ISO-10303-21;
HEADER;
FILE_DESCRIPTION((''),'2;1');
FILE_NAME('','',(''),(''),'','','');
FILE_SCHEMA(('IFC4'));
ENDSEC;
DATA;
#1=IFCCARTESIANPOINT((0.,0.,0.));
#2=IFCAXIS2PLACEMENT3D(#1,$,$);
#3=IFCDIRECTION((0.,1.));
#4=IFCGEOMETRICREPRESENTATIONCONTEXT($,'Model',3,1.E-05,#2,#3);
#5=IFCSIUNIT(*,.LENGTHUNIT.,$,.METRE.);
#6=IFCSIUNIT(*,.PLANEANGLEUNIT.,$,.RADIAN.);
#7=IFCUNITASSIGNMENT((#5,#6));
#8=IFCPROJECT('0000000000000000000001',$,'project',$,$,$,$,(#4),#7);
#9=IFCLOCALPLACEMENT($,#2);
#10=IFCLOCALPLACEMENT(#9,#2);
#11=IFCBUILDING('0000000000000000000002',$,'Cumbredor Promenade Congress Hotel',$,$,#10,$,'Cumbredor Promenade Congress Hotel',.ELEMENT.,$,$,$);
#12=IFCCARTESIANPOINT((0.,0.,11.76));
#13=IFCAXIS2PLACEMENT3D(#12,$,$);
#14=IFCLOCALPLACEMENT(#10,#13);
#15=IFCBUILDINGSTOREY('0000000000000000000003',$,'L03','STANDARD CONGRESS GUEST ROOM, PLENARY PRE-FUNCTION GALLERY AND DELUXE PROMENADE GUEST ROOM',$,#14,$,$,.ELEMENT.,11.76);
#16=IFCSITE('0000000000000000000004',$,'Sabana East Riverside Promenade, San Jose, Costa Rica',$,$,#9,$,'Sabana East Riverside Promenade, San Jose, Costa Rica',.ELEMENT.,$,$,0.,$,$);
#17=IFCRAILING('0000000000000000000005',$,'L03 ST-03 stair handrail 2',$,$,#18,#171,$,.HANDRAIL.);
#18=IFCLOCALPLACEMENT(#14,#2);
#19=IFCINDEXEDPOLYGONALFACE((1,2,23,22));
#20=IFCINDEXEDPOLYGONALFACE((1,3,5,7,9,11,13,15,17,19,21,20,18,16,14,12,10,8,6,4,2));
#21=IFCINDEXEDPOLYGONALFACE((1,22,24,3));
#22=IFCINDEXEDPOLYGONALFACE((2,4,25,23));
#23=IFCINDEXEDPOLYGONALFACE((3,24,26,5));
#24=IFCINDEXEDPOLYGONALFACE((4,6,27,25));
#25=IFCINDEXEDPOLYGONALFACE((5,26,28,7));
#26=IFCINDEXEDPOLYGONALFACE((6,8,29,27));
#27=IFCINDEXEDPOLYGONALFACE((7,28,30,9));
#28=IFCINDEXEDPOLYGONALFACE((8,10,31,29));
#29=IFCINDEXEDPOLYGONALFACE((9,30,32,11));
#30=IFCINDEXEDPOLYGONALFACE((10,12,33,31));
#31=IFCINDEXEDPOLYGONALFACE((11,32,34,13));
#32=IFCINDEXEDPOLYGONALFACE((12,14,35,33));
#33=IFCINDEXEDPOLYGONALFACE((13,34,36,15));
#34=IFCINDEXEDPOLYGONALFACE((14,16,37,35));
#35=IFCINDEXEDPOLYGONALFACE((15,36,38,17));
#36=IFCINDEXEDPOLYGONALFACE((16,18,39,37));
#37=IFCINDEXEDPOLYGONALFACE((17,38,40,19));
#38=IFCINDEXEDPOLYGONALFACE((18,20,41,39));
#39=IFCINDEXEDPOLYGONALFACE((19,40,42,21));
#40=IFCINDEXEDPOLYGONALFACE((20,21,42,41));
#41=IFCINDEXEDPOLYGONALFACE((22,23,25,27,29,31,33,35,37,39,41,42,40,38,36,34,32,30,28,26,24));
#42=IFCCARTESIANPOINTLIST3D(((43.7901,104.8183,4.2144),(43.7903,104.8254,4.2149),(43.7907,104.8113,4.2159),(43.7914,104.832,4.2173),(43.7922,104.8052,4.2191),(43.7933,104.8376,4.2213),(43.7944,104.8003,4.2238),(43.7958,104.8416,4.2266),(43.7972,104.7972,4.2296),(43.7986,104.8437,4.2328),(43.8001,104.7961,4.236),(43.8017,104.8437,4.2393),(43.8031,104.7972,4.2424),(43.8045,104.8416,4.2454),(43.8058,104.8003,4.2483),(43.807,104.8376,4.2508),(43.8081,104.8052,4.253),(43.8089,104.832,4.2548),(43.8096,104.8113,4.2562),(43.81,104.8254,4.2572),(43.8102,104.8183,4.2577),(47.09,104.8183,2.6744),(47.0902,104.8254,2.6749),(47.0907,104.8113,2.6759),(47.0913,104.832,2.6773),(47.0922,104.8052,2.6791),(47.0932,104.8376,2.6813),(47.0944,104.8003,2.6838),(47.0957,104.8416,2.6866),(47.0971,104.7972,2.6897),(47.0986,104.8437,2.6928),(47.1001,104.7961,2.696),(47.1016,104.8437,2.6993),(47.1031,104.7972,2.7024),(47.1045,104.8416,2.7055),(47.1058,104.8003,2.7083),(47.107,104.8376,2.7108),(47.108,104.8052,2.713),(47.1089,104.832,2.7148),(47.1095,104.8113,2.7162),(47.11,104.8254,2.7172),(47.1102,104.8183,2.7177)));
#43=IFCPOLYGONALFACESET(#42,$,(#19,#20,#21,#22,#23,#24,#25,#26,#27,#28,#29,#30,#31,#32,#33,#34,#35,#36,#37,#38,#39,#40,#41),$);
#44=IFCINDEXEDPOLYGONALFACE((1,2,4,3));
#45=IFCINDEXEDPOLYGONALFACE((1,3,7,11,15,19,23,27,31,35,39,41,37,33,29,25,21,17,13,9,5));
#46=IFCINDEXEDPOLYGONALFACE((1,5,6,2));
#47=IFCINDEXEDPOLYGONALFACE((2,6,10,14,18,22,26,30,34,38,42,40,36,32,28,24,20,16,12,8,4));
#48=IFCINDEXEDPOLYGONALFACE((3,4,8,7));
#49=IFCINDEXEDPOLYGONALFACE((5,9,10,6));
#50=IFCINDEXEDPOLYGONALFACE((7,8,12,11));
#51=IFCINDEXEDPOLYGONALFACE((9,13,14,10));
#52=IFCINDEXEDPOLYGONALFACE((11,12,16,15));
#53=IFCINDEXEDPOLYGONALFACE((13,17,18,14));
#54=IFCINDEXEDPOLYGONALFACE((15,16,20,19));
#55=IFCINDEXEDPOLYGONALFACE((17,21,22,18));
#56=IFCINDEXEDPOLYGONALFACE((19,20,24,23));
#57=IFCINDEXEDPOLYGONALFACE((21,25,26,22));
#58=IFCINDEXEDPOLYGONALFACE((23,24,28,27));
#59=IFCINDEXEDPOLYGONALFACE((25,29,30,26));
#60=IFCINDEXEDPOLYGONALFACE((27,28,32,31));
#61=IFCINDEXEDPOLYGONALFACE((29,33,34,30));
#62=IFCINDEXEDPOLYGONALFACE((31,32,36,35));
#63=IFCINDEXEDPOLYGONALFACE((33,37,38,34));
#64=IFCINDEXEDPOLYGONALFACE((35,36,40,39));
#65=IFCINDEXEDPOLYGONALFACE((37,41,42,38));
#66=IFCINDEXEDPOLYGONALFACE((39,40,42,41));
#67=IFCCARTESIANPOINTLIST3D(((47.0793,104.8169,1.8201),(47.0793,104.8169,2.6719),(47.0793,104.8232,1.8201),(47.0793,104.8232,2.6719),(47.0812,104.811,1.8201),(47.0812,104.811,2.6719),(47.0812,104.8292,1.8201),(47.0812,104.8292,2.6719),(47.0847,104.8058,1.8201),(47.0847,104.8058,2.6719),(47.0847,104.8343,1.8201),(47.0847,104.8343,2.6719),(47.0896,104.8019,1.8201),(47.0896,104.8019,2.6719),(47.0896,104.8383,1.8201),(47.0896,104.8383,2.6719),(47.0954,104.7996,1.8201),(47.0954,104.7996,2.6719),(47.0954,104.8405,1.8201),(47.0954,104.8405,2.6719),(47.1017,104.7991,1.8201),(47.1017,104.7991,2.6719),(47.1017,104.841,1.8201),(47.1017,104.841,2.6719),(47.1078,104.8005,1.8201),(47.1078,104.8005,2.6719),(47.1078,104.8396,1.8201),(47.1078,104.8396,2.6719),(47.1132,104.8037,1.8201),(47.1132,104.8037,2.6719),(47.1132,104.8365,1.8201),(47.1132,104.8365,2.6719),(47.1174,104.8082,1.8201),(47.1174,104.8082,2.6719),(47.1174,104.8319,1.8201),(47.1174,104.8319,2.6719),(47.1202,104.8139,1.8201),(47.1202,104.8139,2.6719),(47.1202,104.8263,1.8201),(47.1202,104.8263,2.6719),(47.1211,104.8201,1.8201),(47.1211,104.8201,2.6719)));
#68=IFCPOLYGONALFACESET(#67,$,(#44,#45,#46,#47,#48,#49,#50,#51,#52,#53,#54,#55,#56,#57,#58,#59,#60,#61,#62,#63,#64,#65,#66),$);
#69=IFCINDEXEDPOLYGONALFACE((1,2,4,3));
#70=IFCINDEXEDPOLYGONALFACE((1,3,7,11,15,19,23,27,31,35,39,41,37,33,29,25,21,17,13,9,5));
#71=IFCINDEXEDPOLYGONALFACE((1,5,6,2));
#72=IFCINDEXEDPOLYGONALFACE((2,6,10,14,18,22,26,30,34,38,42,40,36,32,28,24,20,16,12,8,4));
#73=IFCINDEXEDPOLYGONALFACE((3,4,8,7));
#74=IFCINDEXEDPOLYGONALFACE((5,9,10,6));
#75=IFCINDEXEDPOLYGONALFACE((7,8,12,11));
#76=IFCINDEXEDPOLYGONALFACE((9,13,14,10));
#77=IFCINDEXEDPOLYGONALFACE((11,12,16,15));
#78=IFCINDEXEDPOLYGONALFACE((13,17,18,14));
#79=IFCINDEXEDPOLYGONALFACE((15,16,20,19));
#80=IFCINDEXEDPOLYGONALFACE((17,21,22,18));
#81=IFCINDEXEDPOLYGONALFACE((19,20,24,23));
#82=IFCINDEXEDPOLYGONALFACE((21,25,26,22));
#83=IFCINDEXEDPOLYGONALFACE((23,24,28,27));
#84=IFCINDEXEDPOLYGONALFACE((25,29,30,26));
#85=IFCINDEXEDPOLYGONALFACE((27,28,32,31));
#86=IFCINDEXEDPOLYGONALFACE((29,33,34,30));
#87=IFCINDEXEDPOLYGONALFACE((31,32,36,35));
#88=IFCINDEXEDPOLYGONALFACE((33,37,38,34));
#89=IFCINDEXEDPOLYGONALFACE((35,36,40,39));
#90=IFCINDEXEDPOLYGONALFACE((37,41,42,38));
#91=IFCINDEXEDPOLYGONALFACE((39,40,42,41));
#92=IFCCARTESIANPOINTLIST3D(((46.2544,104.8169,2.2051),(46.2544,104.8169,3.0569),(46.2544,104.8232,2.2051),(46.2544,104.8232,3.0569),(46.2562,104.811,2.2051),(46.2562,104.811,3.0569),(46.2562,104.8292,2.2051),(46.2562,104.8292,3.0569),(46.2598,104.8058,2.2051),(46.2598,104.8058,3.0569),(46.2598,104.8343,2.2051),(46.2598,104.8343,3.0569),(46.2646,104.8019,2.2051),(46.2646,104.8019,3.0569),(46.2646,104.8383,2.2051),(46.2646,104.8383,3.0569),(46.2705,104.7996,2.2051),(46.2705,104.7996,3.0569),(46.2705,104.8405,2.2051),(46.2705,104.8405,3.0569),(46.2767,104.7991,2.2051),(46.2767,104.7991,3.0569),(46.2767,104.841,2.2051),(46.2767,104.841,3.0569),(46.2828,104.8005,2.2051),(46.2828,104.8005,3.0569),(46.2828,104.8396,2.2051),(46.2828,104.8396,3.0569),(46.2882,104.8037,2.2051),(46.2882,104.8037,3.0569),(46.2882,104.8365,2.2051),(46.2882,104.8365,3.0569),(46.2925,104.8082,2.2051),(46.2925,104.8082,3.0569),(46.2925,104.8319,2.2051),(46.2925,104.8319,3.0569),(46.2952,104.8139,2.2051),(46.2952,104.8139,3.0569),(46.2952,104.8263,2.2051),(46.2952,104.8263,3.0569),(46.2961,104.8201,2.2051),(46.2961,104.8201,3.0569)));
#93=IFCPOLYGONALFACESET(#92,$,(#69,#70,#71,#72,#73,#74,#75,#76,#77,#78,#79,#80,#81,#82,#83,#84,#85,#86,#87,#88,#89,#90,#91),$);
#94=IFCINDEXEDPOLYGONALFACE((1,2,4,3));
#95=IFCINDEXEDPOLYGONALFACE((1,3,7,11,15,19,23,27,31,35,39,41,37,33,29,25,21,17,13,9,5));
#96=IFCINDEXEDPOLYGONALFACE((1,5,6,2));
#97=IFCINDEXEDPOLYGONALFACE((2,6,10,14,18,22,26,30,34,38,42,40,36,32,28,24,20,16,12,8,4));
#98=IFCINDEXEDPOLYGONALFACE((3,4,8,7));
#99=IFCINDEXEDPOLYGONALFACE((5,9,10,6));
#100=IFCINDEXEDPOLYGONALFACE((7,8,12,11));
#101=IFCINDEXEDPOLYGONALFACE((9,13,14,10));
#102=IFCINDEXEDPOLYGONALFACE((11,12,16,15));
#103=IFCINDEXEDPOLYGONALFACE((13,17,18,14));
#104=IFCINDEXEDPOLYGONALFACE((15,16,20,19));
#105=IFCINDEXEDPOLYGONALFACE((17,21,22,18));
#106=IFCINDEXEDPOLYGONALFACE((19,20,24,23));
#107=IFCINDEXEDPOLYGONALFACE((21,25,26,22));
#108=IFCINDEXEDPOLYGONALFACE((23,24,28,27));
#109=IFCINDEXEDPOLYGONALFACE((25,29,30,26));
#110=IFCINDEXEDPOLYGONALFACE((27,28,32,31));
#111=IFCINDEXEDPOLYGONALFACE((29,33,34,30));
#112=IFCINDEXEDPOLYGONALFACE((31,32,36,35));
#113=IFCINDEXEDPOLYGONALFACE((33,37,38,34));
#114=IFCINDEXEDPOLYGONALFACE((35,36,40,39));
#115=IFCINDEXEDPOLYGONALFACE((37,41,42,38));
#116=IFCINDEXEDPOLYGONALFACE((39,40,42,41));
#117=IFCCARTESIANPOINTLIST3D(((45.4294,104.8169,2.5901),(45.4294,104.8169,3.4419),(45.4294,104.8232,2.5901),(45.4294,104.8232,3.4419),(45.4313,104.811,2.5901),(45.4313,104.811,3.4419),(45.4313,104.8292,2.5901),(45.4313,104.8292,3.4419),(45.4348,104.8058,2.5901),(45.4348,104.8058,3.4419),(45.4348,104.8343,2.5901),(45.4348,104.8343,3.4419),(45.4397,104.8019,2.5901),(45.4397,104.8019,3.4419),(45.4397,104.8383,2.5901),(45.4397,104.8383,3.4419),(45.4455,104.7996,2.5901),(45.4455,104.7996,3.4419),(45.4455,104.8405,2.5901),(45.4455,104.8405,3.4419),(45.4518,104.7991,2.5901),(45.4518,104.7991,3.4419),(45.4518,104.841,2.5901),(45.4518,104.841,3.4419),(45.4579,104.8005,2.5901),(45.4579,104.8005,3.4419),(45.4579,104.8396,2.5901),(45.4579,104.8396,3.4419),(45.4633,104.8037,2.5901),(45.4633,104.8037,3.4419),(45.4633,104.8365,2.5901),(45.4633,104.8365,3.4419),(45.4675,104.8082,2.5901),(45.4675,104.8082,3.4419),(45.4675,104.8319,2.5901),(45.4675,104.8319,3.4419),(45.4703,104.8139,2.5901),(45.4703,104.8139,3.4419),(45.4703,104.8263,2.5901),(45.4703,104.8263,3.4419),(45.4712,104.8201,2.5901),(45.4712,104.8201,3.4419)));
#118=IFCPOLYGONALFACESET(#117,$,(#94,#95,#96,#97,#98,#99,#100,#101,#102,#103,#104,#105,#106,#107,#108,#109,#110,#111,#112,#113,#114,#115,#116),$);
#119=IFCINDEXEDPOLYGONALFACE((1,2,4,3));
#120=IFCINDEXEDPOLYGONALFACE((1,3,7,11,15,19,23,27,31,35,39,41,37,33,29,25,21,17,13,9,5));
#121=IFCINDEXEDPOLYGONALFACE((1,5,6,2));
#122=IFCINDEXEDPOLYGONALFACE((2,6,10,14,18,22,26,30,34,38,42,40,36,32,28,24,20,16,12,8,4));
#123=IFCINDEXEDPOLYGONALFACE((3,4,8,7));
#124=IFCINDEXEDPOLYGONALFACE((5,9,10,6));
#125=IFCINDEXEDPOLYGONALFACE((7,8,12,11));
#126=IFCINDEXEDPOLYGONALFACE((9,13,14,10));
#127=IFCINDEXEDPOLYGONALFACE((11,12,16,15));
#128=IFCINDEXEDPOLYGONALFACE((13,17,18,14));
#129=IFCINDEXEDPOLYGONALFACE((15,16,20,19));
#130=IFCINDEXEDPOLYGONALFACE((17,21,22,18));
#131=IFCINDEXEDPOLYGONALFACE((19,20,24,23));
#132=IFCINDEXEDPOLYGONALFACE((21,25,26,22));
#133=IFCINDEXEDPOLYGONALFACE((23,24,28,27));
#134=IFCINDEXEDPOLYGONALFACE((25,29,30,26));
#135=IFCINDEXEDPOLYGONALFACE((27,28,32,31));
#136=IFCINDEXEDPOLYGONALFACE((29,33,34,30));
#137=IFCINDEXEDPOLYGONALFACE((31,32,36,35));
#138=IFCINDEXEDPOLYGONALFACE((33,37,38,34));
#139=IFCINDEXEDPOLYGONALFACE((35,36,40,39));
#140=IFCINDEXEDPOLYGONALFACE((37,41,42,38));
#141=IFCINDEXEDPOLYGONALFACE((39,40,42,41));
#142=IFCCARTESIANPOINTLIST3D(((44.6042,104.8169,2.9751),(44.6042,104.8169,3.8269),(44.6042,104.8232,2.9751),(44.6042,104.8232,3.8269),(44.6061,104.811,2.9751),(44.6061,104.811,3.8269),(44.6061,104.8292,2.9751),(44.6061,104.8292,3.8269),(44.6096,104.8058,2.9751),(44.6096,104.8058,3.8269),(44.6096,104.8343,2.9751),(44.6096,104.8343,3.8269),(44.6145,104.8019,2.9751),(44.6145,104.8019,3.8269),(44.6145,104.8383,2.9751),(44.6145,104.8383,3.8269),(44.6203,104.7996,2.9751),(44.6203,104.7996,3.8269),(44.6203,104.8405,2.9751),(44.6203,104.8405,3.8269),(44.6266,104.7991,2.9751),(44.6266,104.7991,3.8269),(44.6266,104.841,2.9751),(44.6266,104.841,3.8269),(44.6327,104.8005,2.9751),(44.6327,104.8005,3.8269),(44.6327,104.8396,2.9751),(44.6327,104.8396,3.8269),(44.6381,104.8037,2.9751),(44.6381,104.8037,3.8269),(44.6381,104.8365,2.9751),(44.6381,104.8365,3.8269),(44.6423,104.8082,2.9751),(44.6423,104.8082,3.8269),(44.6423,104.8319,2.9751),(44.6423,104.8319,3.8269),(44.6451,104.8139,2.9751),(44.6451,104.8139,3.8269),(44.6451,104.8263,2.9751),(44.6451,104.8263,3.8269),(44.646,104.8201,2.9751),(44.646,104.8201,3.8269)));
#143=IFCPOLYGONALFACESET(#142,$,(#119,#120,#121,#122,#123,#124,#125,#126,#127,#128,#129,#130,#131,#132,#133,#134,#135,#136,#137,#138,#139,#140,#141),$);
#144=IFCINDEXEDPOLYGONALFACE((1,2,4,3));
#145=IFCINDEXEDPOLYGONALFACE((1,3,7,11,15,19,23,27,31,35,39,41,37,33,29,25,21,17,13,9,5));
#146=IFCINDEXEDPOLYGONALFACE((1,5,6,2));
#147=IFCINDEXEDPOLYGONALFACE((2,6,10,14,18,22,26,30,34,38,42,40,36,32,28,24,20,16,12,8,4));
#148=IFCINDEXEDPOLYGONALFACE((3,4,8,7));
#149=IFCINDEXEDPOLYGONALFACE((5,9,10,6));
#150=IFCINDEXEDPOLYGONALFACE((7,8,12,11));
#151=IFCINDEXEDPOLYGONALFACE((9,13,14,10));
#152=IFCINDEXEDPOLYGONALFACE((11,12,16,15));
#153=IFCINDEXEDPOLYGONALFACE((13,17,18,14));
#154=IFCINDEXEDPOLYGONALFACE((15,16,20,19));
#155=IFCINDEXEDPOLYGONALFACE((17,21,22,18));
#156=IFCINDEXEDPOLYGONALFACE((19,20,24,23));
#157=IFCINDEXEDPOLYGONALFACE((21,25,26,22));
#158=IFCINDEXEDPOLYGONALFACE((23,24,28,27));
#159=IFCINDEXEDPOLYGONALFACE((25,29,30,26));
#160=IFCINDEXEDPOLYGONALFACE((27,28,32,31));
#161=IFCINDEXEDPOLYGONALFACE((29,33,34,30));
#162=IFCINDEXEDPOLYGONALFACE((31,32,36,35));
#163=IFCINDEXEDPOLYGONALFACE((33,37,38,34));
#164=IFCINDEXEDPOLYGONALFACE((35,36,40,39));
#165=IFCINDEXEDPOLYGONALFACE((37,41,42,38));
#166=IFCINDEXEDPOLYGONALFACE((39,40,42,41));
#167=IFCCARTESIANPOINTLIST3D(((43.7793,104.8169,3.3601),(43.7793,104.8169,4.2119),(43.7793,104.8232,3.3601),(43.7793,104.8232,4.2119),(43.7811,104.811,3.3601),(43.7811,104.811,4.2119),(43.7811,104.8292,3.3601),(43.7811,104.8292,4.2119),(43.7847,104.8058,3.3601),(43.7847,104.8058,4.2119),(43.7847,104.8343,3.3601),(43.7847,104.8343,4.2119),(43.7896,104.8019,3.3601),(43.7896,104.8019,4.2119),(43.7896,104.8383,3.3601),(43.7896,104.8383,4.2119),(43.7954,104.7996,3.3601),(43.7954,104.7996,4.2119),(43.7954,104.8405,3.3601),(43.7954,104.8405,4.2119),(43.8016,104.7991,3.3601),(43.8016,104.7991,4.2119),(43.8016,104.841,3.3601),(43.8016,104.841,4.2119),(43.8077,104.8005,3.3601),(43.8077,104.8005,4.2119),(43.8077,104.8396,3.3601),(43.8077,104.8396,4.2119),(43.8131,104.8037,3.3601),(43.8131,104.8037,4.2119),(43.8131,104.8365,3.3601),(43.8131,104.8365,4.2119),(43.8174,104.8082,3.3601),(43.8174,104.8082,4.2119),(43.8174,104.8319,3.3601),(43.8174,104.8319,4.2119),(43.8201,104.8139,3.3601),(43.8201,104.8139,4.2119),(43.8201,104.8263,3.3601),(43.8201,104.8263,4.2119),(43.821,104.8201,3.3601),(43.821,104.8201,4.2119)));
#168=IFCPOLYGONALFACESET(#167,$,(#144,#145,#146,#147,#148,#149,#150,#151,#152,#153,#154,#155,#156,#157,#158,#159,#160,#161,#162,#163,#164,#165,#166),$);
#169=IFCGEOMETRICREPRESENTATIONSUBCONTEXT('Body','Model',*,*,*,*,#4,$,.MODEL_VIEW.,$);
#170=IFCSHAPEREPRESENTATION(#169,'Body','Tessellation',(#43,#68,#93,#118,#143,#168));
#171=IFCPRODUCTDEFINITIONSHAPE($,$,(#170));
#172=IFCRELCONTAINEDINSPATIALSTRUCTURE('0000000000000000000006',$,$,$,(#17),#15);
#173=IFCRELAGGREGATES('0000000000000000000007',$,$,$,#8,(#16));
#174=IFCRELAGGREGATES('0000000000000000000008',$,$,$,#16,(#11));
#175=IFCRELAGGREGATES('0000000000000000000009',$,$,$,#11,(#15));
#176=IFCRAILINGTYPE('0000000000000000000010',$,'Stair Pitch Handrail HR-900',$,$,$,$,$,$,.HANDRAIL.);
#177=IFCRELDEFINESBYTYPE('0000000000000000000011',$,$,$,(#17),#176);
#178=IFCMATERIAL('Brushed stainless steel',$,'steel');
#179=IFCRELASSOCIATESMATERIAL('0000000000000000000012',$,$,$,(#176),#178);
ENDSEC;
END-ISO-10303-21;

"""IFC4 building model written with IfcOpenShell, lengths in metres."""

from ifc_helpers import new_model, si_unit, direction, frame, origin, origin_2d, place, context, subcontext, project, spatial, circle, extrude, material, type_object, element, save


model = new_model("IFC4")

# Units and contexts
model_context = context("Model", 3, precision=1e-05, world=origin(), true_north=direction((0.0, 1.0)))
body_context = subcontext(model_context, "Body", "Model", "MODEL_VIEW")
ifc_project = project(units=[si_unit("LENGTHUNIT", "METRE"), si_unit("PLANEANGLEUNIT", "RADIAN")], contexts=[model_context])

# Site, building, storey
site_placement = place(None, origin())
site = spatial("IfcSite", under=ifc_project, at=site_placement, Name="Sabana East Riverside Promenade, San Jose, Costa Rica", LongName="Sabana East Riverside Promenade, San Jose, Costa Rica", CompositionType="ELEMENT", RefElevation=0.0)
building_placement = place(site_placement, origin())
building = spatial("IfcBuilding", under=site, at=building_placement, Name="Cumbredor Promenade Congress Hotel", LongName="Cumbredor Promenade Congress Hotel", CompositionType="ELEMENT")
storey_placement = place(building_placement, frame((0.0, 0.0, 11.76)))
storey = spatial("IfcBuildingStorey", under=building, at=storey_placement, Name="L03", Description="STANDARD CONGRESS GUEST ROOM, PLENARY PRE-FUNCTION GALLERY AND DELUXE PROMENADE GUEST ROOM", CompositionType="ELEMENT", Elevation=11.76)

# Railing
ifc_material_1 = material(Name="Brushed stainless steel", Category="steel")
railing_type_1 = type_object("IfcRailingType", Name="Stair Pitch Handrail HR-900", PredefinedType="HANDRAIL", material=ifc_material_1)
railing_1_placement = place(storey_placement, frame((47.1001, 104.8201, 1.8201)))
element("IfcRailing", 1, at=railing_1_placement, inside=storey, type_object=railing_type_1, Name="L03 ST-03 stair handrail 2", PredefinedType="HANDRAIL", context=body_context, shape_type="SweptSolid", body=[
    extrude(circle(Radius=0.0239, at=origin_2d()), frame((0.0, 0.0, 0.876), z_axis=(-0.906181, 0.0, 0.422889), x_axis=(0.0, -1.0, 0.0)), (0.0, 0.0, 1.0), 3.6416),
    extrude(circle(Radius=0.021, at=origin_2d()), origin(), (0.0, 0.0, 1.0), 0.8518),
    extrude(circle(Radius=0.021, at=origin_2d()), frame((-0.825, 0.0, 0.385)), (0.0, 0.0, 1.0), 0.8518),
    extrude(circle(Radius=0.021, at=origin_2d()), frame((-1.6499, 0.0, 0.77)), (0.0, 0.0, 1.0), 0.8518),
    extrude(circle(Radius=0.021, at=origin_2d()), frame((-2.4751, 0.0, 1.155)), (0.0, 0.0, 1.0), 0.8518),
    extrude(circle(Radius=0.021, at=origin_2d()), frame((-3.3, 0.0, 1.54)), (0.0, 0.0, 1.0), 0.8518),
])

save(model, "model.ifc")
